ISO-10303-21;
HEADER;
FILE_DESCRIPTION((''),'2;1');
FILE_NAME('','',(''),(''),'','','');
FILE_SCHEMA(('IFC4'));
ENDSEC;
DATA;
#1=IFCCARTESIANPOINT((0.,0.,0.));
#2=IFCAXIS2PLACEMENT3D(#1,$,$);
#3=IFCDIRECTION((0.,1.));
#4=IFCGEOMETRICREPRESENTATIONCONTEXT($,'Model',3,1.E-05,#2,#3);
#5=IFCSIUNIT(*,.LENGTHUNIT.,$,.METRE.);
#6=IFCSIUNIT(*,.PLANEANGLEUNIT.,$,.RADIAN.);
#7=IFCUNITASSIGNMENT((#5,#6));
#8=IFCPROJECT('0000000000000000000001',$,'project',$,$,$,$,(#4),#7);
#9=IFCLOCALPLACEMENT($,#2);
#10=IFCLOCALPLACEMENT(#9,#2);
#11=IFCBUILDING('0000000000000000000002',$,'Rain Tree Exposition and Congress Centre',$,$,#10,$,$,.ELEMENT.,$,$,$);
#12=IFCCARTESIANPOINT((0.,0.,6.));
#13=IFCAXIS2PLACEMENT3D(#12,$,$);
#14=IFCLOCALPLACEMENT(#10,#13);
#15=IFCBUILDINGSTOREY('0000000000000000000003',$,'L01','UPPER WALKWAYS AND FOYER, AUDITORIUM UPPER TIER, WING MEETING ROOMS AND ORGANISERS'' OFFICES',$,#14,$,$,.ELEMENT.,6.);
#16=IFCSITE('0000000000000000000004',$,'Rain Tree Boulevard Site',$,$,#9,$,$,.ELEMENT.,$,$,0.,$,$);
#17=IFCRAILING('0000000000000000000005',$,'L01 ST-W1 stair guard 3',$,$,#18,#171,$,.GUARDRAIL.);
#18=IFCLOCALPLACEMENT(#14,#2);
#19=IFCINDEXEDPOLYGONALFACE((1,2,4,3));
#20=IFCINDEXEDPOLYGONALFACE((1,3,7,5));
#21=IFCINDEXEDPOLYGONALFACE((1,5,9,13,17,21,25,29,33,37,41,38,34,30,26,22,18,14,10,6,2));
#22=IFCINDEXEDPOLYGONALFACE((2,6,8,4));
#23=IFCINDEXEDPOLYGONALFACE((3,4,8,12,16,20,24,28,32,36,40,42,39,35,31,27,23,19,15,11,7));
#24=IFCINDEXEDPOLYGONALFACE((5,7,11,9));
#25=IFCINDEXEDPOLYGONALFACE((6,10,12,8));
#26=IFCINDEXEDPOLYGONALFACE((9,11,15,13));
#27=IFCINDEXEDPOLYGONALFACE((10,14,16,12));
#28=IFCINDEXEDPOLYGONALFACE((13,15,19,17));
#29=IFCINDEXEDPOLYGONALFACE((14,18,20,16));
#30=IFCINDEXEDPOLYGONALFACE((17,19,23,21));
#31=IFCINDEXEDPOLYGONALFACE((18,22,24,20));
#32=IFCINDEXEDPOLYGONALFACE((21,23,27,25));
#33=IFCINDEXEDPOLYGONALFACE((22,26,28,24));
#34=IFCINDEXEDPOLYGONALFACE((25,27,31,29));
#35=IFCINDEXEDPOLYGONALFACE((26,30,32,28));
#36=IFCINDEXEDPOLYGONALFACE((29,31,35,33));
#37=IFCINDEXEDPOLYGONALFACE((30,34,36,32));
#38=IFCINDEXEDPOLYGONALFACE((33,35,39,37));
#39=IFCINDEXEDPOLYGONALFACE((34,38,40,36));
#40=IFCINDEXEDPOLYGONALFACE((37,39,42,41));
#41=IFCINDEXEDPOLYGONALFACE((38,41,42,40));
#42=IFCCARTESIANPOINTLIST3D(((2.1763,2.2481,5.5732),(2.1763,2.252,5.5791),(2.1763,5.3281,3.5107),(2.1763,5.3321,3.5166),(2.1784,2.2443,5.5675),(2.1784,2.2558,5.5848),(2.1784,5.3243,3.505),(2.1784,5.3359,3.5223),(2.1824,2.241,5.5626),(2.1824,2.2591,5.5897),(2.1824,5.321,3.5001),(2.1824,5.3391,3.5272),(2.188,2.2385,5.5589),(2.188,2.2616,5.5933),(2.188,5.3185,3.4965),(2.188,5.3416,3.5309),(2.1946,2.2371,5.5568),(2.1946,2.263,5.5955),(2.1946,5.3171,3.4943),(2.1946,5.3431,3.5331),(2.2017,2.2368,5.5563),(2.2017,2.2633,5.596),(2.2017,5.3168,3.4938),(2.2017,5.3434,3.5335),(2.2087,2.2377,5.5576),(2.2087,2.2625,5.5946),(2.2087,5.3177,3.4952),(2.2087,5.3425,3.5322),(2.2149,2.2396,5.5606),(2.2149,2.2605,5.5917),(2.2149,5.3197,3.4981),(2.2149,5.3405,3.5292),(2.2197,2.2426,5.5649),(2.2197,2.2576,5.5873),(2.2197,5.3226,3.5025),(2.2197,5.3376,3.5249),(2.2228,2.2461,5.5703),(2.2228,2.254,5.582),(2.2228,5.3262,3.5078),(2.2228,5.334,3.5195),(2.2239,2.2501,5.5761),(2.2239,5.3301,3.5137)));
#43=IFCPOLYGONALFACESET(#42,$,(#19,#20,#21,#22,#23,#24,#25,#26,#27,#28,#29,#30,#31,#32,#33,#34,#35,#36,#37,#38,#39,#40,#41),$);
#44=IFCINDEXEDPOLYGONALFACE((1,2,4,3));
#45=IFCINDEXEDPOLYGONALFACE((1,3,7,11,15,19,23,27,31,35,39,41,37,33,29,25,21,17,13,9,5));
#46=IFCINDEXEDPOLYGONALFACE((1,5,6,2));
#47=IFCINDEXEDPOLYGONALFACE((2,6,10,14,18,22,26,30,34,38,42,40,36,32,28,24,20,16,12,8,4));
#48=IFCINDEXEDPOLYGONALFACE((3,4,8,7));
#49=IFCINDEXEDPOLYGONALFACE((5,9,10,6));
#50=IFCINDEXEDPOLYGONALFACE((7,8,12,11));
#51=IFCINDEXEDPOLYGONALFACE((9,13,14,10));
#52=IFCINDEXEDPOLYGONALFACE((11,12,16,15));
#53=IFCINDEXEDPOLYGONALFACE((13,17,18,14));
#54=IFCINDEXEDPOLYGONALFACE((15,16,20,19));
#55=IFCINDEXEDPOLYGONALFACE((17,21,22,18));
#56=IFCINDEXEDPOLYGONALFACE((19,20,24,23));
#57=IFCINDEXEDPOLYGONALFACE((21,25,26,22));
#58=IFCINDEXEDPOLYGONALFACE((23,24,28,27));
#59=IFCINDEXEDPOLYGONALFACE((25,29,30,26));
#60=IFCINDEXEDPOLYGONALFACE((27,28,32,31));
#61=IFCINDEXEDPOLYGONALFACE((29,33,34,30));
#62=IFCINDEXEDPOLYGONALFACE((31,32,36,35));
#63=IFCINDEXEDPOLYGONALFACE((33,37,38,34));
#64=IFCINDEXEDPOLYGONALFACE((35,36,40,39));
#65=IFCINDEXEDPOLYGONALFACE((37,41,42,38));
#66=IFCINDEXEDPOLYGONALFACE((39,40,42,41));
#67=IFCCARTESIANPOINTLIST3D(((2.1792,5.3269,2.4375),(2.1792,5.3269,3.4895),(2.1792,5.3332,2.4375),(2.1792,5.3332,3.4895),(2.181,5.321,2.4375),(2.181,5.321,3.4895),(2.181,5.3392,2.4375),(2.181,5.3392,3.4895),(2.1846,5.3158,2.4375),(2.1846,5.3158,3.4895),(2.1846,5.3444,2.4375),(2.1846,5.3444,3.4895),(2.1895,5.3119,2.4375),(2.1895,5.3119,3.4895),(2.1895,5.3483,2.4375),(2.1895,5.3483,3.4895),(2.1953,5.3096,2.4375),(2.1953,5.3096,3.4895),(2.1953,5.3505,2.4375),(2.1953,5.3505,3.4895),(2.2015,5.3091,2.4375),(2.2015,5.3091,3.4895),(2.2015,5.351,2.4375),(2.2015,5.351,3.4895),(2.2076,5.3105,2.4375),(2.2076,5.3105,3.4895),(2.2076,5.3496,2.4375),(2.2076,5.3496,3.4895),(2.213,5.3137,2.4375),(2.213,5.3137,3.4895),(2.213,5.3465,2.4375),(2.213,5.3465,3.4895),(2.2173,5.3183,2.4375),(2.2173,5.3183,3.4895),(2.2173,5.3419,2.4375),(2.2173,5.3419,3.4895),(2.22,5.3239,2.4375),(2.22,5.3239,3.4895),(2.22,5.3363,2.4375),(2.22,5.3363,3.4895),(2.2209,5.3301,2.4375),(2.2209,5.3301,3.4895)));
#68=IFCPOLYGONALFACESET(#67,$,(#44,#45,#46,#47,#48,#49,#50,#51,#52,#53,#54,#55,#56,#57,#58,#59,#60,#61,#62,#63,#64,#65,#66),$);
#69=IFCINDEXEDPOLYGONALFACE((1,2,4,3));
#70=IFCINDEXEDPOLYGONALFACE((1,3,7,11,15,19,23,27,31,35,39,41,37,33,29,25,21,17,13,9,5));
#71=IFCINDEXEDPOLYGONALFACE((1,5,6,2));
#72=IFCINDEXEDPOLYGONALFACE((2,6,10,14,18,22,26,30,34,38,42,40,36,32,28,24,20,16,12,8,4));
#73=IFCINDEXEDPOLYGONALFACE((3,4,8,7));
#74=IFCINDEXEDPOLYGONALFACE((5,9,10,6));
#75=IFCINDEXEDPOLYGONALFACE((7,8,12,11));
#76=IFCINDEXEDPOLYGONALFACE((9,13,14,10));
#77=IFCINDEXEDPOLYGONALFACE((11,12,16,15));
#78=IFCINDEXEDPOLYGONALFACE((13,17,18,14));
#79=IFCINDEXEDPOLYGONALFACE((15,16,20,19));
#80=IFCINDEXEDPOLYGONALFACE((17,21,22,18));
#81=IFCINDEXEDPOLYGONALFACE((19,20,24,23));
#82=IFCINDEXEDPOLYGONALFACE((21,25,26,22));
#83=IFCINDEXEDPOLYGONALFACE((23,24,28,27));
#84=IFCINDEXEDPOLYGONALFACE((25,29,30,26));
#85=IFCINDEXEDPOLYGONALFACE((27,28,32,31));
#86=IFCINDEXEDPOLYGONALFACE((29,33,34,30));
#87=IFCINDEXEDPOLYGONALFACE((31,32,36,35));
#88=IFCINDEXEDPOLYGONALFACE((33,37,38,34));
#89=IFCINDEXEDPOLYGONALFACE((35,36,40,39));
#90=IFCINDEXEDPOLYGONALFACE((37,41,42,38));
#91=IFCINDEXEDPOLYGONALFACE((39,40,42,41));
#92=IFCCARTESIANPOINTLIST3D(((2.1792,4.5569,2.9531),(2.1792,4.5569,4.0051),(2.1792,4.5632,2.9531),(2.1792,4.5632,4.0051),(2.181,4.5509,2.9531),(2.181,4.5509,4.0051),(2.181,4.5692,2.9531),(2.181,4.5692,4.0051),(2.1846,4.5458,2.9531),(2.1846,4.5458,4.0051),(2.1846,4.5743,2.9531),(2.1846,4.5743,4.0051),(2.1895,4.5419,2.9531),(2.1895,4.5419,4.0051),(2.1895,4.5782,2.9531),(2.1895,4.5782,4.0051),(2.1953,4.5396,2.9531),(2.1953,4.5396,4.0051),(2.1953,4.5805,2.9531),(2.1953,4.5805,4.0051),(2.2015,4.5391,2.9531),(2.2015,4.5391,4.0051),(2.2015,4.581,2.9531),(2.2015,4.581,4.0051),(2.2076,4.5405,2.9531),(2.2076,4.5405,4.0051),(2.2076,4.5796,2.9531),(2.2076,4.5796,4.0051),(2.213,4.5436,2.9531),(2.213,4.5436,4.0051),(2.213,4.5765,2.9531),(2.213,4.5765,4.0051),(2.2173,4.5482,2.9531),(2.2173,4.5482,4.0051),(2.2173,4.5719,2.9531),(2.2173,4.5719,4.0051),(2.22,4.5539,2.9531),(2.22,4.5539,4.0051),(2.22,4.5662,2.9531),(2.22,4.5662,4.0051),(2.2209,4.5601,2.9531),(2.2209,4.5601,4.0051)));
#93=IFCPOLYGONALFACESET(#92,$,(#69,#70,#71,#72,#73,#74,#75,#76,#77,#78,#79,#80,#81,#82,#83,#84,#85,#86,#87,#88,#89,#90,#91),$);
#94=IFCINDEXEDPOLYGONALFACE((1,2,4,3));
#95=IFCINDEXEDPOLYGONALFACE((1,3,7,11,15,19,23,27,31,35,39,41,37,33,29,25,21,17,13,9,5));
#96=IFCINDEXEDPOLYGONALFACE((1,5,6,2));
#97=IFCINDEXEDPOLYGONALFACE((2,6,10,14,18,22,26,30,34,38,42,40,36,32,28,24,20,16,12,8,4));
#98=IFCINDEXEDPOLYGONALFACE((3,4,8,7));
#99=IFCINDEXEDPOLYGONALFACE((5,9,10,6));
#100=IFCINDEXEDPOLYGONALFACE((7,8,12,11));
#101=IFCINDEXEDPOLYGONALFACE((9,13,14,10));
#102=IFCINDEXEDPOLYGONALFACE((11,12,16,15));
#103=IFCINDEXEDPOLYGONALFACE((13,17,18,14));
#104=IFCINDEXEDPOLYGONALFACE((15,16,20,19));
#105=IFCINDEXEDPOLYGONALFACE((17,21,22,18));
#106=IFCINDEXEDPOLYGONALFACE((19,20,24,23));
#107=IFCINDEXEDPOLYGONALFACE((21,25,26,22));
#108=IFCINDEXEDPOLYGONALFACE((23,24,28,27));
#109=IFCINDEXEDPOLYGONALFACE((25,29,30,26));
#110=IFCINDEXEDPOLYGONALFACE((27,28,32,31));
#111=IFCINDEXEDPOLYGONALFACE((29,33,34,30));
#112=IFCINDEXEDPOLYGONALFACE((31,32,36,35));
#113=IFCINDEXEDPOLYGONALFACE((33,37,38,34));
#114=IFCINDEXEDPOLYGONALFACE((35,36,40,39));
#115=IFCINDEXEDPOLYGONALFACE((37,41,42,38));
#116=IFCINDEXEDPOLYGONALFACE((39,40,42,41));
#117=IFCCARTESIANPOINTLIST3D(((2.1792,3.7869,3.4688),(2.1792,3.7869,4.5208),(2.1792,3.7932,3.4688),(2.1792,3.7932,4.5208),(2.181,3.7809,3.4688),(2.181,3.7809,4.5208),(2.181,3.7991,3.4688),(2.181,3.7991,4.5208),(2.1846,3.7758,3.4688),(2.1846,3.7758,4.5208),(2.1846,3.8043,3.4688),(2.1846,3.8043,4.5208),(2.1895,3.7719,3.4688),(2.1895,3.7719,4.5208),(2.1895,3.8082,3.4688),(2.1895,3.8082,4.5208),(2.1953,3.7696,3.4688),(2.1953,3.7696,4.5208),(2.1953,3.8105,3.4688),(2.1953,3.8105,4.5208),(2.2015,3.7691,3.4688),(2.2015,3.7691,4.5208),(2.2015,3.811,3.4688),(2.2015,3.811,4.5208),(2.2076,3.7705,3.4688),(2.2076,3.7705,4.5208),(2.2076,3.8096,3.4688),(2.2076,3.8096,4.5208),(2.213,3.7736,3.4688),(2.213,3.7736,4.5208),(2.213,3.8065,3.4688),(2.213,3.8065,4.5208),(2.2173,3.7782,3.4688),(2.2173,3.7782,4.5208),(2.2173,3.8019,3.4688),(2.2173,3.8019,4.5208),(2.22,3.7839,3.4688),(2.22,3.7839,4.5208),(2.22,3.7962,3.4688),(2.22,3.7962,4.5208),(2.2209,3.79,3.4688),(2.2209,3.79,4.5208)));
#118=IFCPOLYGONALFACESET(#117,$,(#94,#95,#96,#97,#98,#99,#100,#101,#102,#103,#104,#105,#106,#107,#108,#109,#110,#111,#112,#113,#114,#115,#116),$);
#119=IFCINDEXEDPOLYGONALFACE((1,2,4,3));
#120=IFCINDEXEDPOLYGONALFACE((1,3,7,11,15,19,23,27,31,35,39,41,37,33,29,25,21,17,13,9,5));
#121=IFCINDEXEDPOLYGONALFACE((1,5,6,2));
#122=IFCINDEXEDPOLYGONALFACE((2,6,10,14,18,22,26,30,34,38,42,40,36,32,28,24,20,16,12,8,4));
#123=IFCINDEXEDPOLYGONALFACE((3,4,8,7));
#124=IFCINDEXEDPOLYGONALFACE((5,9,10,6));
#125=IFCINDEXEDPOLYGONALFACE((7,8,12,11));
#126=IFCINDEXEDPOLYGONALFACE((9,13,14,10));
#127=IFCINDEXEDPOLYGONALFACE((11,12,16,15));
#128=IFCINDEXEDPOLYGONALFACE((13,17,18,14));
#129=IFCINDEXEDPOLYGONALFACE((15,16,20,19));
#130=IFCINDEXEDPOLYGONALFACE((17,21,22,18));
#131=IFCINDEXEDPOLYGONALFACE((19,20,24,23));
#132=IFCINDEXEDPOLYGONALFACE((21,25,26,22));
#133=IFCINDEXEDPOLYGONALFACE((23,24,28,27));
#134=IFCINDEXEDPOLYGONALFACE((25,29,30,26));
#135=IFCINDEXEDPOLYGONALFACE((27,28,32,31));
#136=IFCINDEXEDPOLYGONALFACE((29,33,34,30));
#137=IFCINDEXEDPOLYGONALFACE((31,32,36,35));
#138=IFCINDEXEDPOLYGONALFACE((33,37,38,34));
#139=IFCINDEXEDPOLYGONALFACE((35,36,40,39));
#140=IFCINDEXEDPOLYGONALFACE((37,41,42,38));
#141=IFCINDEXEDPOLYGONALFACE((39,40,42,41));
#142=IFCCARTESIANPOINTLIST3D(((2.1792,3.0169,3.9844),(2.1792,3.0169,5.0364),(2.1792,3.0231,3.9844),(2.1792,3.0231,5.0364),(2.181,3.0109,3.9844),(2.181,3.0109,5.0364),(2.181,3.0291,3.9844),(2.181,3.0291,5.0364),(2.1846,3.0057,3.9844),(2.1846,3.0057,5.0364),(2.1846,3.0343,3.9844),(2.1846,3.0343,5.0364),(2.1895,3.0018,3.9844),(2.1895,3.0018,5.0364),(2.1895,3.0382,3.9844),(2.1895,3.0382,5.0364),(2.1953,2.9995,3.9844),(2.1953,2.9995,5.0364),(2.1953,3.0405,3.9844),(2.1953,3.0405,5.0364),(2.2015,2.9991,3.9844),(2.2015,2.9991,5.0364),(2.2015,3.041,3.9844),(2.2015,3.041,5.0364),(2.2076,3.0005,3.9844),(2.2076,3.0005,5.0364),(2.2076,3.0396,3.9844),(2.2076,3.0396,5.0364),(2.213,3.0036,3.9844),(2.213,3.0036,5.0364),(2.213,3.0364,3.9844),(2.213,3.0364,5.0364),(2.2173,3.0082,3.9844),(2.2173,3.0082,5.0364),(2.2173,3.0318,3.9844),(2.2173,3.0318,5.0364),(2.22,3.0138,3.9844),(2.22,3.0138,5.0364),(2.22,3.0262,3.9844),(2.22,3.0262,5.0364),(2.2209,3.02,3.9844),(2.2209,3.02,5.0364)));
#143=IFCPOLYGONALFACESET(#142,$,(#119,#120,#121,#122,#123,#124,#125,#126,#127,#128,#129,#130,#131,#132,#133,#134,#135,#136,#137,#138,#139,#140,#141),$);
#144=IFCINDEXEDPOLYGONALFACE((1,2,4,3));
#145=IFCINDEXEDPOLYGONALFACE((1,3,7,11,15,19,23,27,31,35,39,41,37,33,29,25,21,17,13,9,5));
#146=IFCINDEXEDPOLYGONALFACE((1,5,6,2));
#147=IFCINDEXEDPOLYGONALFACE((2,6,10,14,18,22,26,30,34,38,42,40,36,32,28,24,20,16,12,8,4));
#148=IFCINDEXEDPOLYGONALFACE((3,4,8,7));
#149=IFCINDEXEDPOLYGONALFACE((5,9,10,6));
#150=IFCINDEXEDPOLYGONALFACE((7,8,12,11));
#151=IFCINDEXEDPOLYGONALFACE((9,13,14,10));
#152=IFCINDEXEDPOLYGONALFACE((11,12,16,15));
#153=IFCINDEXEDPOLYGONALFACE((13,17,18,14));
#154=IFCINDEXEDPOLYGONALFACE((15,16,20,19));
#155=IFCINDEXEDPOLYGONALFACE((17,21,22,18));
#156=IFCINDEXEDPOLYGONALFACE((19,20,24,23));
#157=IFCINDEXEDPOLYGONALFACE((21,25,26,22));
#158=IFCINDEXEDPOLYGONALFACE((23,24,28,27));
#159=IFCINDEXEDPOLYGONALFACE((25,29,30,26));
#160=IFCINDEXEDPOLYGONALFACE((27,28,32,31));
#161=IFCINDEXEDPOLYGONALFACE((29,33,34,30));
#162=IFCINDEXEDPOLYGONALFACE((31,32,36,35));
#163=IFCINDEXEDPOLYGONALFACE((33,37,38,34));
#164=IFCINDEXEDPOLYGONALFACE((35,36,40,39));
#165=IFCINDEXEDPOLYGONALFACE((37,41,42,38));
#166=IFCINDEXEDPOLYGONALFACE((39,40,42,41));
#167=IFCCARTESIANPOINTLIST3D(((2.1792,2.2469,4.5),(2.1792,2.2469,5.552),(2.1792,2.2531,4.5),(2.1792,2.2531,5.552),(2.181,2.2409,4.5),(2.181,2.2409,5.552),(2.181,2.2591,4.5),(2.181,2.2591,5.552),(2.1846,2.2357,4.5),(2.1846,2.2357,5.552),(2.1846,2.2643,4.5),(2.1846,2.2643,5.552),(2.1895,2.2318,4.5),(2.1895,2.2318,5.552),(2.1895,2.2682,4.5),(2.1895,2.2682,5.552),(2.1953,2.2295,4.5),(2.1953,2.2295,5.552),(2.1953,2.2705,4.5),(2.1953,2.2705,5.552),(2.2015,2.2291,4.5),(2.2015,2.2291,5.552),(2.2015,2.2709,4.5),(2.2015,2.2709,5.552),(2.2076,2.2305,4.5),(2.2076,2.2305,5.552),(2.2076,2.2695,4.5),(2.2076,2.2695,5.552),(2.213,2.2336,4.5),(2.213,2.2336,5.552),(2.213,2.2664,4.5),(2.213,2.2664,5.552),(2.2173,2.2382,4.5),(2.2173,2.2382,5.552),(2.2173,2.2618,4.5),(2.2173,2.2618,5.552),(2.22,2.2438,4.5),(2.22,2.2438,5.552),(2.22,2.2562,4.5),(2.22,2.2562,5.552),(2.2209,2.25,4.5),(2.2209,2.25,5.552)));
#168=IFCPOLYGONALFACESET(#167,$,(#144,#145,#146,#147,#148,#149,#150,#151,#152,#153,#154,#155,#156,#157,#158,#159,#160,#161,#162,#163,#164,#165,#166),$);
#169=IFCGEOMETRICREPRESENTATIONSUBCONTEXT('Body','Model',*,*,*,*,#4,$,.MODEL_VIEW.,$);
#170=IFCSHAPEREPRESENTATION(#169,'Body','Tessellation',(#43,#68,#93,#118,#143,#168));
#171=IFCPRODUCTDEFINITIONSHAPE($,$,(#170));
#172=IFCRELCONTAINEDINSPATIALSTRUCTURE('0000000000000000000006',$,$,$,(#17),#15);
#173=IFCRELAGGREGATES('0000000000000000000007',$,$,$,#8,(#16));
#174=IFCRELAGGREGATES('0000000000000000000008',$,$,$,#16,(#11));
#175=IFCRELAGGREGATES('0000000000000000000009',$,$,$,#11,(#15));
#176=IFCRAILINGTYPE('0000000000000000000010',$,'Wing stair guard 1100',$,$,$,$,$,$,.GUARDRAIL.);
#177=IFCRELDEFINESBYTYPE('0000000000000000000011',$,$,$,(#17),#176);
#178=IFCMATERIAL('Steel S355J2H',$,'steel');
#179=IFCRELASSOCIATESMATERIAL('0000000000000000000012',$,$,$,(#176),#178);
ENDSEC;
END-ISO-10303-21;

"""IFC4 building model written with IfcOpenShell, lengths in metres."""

from ifc_helpers import new_model, si_unit, direction, frame, origin, origin_2d, place, context, subcontext, project, spatial, circle, extrude, material, type_object, element, save


model = new_model("IFC4")

# Units and contexts
model_context = context("Model", 3, precision=1e-05, world=origin(), true_north=direction((0.0, 1.0)))
body_context = subcontext(model_context, "Body", "Model", "MODEL_VIEW")
ifc_project = project(units=[si_unit("LENGTHUNIT", "METRE"), si_unit("PLANEANGLEUNIT", "RADIAN")], contexts=[model_context])

# Site, building, storey
site_placement = place(None, origin())
site = spatial("IfcSite", under=ifc_project, at=site_placement, Name="Rain Tree Boulevard Site", CompositionType="ELEMENT", RefElevation=0.0)
building_placement = place(site_placement, origin())
building = spatial("IfcBuilding", under=site, at=building_placement, Name="Rain Tree Exposition and Congress Centre", CompositionType="ELEMENT")
storey_placement = place(building_placement, frame((0.0, 0.0, 6.0)))
storey = spatial("IfcBuildingStorey", under=building, at=storey_placement, Name="L01", Description="UPPER WALKWAYS AND FOYER, AUDITORIUM UPPER TIER, WING MEETING ROOMS AND ORGANISERS' OFFICES", CompositionType="ELEMENT", Elevation=6.0)

# Railing
ifc_material_1 = material(Name="Steel S355J2H", Category="steel")
railing_type = type_object("IfcRailingType", Name="Wing stair guard 1100", PredefinedType="GUARDRAIL", material=ifc_material_1)
railing_1_placement = place(storey_placement, frame((2.2, 5.3301, 2.4375)))
element("IfcRailing", 1, at=railing_1_placement, inside=storey, type_object=railing_type, Name="L01 ST-W1 stair guard 3", PredefinedType="GUARDRAIL", context=body_context, shape_type="SweptSolid", body=[
    extrude(circle(Radius=0.0239, at=origin_2d()), frame((0.0, 0.0, 1.0762), z_axis=(0.0, -0.830914, 0.556401), x_axis=(1.0, 0.0, 0.0)), (0.0, 0.0, 1.0), 3.7068),
    extrude(circle(Radius=0.021, at=origin_2d()), origin(), (0.0, 0.0, 1.0), 1.052),
    extrude(circle(Radius=0.021, at=origin_2d()), frame((0.0, -0.77, 0.5156)), (0.0, 0.0, 1.0), 1.052),
    extrude(circle(Radius=0.021, at=origin_2d()), frame((0.0, -1.54, 1.0312)), (0.0, 0.0, 1.0), 1.052),
    extrude(circle(Radius=0.021, at=origin_2d()), frame((0.0, -2.3101, 1.5469)), (0.0, 0.0, 1.0), 1.052),
    extrude(circle(Radius=0.021, at=origin_2d()), frame((0.0, -3.0801, 2.0625)), (0.0, 0.0, 1.0), 1.052),
])

save(model, "model.ifc")
